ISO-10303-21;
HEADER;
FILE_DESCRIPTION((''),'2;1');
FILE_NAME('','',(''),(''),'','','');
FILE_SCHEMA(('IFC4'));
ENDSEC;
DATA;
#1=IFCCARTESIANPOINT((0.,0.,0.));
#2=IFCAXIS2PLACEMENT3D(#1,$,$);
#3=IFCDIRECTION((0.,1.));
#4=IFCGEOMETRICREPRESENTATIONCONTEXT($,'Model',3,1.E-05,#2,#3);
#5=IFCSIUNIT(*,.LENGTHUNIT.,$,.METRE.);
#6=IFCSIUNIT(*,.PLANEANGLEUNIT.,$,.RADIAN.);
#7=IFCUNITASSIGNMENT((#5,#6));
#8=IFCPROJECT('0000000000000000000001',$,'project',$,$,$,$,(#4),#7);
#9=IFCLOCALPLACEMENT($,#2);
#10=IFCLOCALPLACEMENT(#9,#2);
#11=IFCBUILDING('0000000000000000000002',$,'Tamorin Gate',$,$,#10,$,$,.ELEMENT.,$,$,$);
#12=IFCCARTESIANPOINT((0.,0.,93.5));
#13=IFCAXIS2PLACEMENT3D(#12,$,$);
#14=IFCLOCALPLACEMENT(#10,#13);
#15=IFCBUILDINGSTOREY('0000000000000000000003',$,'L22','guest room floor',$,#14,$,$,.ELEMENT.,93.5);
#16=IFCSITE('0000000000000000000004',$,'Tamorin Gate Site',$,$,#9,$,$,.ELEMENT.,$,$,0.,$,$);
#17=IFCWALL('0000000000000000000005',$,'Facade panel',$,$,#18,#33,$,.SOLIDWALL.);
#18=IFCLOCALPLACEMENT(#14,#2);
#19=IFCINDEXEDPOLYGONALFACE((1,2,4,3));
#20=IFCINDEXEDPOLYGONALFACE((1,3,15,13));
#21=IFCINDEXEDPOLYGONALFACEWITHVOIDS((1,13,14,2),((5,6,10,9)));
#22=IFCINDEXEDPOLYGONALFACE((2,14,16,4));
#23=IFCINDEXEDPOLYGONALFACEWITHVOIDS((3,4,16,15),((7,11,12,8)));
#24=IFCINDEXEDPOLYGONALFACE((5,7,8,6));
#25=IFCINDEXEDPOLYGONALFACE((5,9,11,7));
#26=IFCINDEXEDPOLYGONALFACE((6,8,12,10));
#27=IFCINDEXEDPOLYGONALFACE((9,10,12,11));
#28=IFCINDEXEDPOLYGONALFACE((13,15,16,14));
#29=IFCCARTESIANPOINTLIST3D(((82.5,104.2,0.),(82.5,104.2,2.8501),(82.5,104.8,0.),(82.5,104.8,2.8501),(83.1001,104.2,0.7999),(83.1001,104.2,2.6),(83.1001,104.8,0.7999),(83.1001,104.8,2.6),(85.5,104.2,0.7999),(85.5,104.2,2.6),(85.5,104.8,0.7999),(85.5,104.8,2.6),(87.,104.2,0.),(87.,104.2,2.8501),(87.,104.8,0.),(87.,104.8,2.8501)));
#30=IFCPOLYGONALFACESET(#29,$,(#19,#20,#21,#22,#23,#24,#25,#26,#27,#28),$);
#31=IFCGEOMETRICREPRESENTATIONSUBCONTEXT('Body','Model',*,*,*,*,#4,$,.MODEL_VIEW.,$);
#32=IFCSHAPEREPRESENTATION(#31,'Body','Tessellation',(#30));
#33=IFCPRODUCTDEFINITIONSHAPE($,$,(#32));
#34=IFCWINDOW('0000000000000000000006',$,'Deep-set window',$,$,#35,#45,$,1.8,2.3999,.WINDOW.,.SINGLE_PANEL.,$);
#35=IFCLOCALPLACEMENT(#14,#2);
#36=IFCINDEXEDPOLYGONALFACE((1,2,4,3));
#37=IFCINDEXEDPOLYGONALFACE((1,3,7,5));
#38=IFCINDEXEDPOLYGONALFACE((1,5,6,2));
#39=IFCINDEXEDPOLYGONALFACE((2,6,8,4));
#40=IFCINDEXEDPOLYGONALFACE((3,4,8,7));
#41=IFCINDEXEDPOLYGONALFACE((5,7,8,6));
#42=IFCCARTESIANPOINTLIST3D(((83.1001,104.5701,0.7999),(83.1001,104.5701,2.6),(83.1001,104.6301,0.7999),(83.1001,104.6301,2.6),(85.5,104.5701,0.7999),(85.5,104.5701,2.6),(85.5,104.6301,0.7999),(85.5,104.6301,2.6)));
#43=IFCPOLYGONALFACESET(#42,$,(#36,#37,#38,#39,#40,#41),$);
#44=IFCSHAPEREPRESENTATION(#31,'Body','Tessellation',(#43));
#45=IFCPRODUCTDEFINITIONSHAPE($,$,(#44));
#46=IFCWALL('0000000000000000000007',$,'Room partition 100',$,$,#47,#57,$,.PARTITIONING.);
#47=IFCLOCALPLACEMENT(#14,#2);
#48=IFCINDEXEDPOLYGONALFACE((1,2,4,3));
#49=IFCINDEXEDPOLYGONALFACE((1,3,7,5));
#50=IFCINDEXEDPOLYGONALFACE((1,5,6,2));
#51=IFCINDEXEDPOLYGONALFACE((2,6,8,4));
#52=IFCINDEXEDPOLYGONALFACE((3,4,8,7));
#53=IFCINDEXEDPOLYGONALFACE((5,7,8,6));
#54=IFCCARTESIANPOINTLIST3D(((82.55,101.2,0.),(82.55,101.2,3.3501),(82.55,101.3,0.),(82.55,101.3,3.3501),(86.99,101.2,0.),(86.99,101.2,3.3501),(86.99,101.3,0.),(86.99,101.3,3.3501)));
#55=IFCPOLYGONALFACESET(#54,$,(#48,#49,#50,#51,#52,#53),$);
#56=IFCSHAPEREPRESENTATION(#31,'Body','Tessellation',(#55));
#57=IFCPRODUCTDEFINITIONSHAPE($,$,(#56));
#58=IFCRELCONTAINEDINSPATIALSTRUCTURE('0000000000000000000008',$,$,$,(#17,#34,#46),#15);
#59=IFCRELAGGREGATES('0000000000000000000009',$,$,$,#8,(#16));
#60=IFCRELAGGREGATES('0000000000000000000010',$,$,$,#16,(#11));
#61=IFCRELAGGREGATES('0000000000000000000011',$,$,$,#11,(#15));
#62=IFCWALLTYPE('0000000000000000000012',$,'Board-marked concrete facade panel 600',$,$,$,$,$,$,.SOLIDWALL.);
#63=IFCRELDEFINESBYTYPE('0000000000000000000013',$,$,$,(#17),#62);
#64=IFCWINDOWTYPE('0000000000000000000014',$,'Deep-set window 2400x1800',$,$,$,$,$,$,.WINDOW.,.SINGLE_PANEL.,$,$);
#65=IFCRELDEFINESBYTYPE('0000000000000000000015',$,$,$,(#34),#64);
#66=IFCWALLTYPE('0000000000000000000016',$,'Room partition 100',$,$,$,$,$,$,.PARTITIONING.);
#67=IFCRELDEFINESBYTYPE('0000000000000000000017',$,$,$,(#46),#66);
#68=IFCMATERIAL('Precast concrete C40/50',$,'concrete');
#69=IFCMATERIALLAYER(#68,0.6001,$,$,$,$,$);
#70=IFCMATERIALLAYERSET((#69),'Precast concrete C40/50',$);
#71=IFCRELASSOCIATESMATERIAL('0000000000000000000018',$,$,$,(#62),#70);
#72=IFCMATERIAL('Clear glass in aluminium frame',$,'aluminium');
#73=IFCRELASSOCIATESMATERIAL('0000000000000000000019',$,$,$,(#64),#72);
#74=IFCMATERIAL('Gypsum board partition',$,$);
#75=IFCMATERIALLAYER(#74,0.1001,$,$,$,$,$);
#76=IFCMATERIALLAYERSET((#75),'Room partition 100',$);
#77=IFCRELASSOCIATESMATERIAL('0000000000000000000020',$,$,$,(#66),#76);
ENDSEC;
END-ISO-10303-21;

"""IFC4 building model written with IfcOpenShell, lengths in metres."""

from ifc_helpers import new_model, si_unit, direction, frame, frame_2d, origin, place, context, subcontext, project, spatial, rectangle, extrude, material, layer, layer_set, type_object, element, fill, save


model = new_model("IFC4")

# Units and contexts
model_context = context("Model", 3, precision=1e-05, world=origin(), true_north=direction((0.0, 1.0)))
body_context = subcontext(model_context, "Body", "Model", "MODEL_VIEW")
ifc_project = project(units=[si_unit("LENGTHUNIT", "METRE"), si_unit("PLANEANGLEUNIT", "RADIAN")], contexts=[model_context])

# Site, building, storey
site_placement = place(None, origin())
site = spatial("IfcSite", under=ifc_project, at=site_placement, Name="Tamorin Gate Site", CompositionType="ELEMENT", RefElevation=0.0)
building_placement = place(site_placement, origin())
building = spatial("IfcBuilding", under=site, at=building_placement, Name="Tamorin Gate", CompositionType="ELEMENT")
storey_placement = place(building_placement, frame((0.0, 0.0, 93.5)))
storey = spatial("IfcBuildingStorey", under=building, at=storey_placement, Name="L22", Description="guest room floor", CompositionType="ELEMENT", Elevation=93.5)

# Shared definitions
ifc_material_1 = material(Name="Precast concrete C40/50", Category="concrete")
ifc_layer_1 = layer(ifc_material_1, 0.6001)
ifc_layer_set_1 = layer_set([ifc_layer_1], Name="Precast concrete C40/50")
wall_type_1 = type_object("IfcWallType", Name="Board-marked concrete facade panel 600", PredefinedType="SOLIDWALL", material=ifc_layer_set_1)
ifc_material_2 = material(Name="Clear glass in aluminium frame", Category="aluminium")
window_type = type_object("IfcWindowType", Name="Deep-set window 2400x1800", PartitioningType="SINGLE_PANEL", PredefinedType="WINDOW", material=ifc_material_2)

# Wall, opening, window
wall_1_placement = place(storey_placement, frame((87.0, 104.5, 0.0), z_axis=(0.0, 0.0, 1.0), x_axis=(-1.0, 0.0, 0.0)))
wall_1 = element("IfcWall", 1, at=wall_1_placement, inside=storey, type_object=wall_type_1, Name="Facade panel", PredefinedType="SOLIDWALL", context=body_context, shape_type="SweptSolid", body=[
    extrude(rectangle(XDim=4.5, YDim=0.6001, at=frame_2d((2.25, 0.0))), origin(), (0.0, 0.0, 1.0), 2.8501),
])
opening_1_placement = place(wall_1_placement, frame((1.5, 0.0, 0.8)))
opening_1 = element("IfcOpeningElement", 2, at=opening_1_placement, cuts=wall_1, PredefinedType="OPENING", context=body_context, shape_type="SweptSolid", body=[
    extrude(rectangle(XDim=2.3999, YDim=1.8, at=frame_2d((1.2, 0.8999))), frame((0.0, 0.3101, 0.0), z_axis=(0.0, -1.0, 0.0), x_axis=(1.0, 0.0, 0.0)), (0.0, 0.0, 1.0), 0.6201),
])
window_1_placement = place(opening_1_placement, origin())
window_1 = element("IfcWindow", 3, at=window_1_placement, inside=storey, type_object=window_type, Name="Deep-set window", OverallHeight=1.8, OverallWidth=2.3999, PartitioningType="SINGLE_PANEL", PredefinedType="WINDOW", context=body_context, shape_type="SweptSolid", body=[
    extrude(rectangle(XDim=2.3999, YDim=1.8, at=frame_2d((1.2, 0.8999))), frame((0.0, -0.0701, 0.0), z_axis=(0.0, -1.0, 0.0), x_axis=(1.0, 0.0, 0.0)), (0.0, 0.0, 1.0), 0.0601),
])
fill(opening_1, window_1)

# Wall
ifc_material_3 = material(Name="Gypsum board partition")
ifc_layer_2 = layer(ifc_material_3, 0.1001)
ifc_layer_set_2 = layer_set([ifc_layer_2], Name="Room partition 100")
wall_type_2 = type_object("IfcWallType", Name="Room partition 100", PredefinedType="PARTITIONING", material=ifc_layer_set_2)
wall_2_placement = place(storey_placement, frame((82.55, 101.25, 0.0), z_axis=(0.0, 0.0, 1.0), x_axis=(1.0, 0.0, 0.0)))
element("IfcWall", 4, at=wall_2_placement, inside=storey, type_object=wall_type_2, Name="Room partition 100", PredefinedType="PARTITIONING", context=body_context, shape_type="SweptSolid", body=[
    extrude(rectangle(XDim=4.4399, YDim=0.1001, at=frame_2d((2.22, 0.0))), origin(), (0.0, 0.0, 1.0), 3.3501),
])

save(model, "model.ifc")
